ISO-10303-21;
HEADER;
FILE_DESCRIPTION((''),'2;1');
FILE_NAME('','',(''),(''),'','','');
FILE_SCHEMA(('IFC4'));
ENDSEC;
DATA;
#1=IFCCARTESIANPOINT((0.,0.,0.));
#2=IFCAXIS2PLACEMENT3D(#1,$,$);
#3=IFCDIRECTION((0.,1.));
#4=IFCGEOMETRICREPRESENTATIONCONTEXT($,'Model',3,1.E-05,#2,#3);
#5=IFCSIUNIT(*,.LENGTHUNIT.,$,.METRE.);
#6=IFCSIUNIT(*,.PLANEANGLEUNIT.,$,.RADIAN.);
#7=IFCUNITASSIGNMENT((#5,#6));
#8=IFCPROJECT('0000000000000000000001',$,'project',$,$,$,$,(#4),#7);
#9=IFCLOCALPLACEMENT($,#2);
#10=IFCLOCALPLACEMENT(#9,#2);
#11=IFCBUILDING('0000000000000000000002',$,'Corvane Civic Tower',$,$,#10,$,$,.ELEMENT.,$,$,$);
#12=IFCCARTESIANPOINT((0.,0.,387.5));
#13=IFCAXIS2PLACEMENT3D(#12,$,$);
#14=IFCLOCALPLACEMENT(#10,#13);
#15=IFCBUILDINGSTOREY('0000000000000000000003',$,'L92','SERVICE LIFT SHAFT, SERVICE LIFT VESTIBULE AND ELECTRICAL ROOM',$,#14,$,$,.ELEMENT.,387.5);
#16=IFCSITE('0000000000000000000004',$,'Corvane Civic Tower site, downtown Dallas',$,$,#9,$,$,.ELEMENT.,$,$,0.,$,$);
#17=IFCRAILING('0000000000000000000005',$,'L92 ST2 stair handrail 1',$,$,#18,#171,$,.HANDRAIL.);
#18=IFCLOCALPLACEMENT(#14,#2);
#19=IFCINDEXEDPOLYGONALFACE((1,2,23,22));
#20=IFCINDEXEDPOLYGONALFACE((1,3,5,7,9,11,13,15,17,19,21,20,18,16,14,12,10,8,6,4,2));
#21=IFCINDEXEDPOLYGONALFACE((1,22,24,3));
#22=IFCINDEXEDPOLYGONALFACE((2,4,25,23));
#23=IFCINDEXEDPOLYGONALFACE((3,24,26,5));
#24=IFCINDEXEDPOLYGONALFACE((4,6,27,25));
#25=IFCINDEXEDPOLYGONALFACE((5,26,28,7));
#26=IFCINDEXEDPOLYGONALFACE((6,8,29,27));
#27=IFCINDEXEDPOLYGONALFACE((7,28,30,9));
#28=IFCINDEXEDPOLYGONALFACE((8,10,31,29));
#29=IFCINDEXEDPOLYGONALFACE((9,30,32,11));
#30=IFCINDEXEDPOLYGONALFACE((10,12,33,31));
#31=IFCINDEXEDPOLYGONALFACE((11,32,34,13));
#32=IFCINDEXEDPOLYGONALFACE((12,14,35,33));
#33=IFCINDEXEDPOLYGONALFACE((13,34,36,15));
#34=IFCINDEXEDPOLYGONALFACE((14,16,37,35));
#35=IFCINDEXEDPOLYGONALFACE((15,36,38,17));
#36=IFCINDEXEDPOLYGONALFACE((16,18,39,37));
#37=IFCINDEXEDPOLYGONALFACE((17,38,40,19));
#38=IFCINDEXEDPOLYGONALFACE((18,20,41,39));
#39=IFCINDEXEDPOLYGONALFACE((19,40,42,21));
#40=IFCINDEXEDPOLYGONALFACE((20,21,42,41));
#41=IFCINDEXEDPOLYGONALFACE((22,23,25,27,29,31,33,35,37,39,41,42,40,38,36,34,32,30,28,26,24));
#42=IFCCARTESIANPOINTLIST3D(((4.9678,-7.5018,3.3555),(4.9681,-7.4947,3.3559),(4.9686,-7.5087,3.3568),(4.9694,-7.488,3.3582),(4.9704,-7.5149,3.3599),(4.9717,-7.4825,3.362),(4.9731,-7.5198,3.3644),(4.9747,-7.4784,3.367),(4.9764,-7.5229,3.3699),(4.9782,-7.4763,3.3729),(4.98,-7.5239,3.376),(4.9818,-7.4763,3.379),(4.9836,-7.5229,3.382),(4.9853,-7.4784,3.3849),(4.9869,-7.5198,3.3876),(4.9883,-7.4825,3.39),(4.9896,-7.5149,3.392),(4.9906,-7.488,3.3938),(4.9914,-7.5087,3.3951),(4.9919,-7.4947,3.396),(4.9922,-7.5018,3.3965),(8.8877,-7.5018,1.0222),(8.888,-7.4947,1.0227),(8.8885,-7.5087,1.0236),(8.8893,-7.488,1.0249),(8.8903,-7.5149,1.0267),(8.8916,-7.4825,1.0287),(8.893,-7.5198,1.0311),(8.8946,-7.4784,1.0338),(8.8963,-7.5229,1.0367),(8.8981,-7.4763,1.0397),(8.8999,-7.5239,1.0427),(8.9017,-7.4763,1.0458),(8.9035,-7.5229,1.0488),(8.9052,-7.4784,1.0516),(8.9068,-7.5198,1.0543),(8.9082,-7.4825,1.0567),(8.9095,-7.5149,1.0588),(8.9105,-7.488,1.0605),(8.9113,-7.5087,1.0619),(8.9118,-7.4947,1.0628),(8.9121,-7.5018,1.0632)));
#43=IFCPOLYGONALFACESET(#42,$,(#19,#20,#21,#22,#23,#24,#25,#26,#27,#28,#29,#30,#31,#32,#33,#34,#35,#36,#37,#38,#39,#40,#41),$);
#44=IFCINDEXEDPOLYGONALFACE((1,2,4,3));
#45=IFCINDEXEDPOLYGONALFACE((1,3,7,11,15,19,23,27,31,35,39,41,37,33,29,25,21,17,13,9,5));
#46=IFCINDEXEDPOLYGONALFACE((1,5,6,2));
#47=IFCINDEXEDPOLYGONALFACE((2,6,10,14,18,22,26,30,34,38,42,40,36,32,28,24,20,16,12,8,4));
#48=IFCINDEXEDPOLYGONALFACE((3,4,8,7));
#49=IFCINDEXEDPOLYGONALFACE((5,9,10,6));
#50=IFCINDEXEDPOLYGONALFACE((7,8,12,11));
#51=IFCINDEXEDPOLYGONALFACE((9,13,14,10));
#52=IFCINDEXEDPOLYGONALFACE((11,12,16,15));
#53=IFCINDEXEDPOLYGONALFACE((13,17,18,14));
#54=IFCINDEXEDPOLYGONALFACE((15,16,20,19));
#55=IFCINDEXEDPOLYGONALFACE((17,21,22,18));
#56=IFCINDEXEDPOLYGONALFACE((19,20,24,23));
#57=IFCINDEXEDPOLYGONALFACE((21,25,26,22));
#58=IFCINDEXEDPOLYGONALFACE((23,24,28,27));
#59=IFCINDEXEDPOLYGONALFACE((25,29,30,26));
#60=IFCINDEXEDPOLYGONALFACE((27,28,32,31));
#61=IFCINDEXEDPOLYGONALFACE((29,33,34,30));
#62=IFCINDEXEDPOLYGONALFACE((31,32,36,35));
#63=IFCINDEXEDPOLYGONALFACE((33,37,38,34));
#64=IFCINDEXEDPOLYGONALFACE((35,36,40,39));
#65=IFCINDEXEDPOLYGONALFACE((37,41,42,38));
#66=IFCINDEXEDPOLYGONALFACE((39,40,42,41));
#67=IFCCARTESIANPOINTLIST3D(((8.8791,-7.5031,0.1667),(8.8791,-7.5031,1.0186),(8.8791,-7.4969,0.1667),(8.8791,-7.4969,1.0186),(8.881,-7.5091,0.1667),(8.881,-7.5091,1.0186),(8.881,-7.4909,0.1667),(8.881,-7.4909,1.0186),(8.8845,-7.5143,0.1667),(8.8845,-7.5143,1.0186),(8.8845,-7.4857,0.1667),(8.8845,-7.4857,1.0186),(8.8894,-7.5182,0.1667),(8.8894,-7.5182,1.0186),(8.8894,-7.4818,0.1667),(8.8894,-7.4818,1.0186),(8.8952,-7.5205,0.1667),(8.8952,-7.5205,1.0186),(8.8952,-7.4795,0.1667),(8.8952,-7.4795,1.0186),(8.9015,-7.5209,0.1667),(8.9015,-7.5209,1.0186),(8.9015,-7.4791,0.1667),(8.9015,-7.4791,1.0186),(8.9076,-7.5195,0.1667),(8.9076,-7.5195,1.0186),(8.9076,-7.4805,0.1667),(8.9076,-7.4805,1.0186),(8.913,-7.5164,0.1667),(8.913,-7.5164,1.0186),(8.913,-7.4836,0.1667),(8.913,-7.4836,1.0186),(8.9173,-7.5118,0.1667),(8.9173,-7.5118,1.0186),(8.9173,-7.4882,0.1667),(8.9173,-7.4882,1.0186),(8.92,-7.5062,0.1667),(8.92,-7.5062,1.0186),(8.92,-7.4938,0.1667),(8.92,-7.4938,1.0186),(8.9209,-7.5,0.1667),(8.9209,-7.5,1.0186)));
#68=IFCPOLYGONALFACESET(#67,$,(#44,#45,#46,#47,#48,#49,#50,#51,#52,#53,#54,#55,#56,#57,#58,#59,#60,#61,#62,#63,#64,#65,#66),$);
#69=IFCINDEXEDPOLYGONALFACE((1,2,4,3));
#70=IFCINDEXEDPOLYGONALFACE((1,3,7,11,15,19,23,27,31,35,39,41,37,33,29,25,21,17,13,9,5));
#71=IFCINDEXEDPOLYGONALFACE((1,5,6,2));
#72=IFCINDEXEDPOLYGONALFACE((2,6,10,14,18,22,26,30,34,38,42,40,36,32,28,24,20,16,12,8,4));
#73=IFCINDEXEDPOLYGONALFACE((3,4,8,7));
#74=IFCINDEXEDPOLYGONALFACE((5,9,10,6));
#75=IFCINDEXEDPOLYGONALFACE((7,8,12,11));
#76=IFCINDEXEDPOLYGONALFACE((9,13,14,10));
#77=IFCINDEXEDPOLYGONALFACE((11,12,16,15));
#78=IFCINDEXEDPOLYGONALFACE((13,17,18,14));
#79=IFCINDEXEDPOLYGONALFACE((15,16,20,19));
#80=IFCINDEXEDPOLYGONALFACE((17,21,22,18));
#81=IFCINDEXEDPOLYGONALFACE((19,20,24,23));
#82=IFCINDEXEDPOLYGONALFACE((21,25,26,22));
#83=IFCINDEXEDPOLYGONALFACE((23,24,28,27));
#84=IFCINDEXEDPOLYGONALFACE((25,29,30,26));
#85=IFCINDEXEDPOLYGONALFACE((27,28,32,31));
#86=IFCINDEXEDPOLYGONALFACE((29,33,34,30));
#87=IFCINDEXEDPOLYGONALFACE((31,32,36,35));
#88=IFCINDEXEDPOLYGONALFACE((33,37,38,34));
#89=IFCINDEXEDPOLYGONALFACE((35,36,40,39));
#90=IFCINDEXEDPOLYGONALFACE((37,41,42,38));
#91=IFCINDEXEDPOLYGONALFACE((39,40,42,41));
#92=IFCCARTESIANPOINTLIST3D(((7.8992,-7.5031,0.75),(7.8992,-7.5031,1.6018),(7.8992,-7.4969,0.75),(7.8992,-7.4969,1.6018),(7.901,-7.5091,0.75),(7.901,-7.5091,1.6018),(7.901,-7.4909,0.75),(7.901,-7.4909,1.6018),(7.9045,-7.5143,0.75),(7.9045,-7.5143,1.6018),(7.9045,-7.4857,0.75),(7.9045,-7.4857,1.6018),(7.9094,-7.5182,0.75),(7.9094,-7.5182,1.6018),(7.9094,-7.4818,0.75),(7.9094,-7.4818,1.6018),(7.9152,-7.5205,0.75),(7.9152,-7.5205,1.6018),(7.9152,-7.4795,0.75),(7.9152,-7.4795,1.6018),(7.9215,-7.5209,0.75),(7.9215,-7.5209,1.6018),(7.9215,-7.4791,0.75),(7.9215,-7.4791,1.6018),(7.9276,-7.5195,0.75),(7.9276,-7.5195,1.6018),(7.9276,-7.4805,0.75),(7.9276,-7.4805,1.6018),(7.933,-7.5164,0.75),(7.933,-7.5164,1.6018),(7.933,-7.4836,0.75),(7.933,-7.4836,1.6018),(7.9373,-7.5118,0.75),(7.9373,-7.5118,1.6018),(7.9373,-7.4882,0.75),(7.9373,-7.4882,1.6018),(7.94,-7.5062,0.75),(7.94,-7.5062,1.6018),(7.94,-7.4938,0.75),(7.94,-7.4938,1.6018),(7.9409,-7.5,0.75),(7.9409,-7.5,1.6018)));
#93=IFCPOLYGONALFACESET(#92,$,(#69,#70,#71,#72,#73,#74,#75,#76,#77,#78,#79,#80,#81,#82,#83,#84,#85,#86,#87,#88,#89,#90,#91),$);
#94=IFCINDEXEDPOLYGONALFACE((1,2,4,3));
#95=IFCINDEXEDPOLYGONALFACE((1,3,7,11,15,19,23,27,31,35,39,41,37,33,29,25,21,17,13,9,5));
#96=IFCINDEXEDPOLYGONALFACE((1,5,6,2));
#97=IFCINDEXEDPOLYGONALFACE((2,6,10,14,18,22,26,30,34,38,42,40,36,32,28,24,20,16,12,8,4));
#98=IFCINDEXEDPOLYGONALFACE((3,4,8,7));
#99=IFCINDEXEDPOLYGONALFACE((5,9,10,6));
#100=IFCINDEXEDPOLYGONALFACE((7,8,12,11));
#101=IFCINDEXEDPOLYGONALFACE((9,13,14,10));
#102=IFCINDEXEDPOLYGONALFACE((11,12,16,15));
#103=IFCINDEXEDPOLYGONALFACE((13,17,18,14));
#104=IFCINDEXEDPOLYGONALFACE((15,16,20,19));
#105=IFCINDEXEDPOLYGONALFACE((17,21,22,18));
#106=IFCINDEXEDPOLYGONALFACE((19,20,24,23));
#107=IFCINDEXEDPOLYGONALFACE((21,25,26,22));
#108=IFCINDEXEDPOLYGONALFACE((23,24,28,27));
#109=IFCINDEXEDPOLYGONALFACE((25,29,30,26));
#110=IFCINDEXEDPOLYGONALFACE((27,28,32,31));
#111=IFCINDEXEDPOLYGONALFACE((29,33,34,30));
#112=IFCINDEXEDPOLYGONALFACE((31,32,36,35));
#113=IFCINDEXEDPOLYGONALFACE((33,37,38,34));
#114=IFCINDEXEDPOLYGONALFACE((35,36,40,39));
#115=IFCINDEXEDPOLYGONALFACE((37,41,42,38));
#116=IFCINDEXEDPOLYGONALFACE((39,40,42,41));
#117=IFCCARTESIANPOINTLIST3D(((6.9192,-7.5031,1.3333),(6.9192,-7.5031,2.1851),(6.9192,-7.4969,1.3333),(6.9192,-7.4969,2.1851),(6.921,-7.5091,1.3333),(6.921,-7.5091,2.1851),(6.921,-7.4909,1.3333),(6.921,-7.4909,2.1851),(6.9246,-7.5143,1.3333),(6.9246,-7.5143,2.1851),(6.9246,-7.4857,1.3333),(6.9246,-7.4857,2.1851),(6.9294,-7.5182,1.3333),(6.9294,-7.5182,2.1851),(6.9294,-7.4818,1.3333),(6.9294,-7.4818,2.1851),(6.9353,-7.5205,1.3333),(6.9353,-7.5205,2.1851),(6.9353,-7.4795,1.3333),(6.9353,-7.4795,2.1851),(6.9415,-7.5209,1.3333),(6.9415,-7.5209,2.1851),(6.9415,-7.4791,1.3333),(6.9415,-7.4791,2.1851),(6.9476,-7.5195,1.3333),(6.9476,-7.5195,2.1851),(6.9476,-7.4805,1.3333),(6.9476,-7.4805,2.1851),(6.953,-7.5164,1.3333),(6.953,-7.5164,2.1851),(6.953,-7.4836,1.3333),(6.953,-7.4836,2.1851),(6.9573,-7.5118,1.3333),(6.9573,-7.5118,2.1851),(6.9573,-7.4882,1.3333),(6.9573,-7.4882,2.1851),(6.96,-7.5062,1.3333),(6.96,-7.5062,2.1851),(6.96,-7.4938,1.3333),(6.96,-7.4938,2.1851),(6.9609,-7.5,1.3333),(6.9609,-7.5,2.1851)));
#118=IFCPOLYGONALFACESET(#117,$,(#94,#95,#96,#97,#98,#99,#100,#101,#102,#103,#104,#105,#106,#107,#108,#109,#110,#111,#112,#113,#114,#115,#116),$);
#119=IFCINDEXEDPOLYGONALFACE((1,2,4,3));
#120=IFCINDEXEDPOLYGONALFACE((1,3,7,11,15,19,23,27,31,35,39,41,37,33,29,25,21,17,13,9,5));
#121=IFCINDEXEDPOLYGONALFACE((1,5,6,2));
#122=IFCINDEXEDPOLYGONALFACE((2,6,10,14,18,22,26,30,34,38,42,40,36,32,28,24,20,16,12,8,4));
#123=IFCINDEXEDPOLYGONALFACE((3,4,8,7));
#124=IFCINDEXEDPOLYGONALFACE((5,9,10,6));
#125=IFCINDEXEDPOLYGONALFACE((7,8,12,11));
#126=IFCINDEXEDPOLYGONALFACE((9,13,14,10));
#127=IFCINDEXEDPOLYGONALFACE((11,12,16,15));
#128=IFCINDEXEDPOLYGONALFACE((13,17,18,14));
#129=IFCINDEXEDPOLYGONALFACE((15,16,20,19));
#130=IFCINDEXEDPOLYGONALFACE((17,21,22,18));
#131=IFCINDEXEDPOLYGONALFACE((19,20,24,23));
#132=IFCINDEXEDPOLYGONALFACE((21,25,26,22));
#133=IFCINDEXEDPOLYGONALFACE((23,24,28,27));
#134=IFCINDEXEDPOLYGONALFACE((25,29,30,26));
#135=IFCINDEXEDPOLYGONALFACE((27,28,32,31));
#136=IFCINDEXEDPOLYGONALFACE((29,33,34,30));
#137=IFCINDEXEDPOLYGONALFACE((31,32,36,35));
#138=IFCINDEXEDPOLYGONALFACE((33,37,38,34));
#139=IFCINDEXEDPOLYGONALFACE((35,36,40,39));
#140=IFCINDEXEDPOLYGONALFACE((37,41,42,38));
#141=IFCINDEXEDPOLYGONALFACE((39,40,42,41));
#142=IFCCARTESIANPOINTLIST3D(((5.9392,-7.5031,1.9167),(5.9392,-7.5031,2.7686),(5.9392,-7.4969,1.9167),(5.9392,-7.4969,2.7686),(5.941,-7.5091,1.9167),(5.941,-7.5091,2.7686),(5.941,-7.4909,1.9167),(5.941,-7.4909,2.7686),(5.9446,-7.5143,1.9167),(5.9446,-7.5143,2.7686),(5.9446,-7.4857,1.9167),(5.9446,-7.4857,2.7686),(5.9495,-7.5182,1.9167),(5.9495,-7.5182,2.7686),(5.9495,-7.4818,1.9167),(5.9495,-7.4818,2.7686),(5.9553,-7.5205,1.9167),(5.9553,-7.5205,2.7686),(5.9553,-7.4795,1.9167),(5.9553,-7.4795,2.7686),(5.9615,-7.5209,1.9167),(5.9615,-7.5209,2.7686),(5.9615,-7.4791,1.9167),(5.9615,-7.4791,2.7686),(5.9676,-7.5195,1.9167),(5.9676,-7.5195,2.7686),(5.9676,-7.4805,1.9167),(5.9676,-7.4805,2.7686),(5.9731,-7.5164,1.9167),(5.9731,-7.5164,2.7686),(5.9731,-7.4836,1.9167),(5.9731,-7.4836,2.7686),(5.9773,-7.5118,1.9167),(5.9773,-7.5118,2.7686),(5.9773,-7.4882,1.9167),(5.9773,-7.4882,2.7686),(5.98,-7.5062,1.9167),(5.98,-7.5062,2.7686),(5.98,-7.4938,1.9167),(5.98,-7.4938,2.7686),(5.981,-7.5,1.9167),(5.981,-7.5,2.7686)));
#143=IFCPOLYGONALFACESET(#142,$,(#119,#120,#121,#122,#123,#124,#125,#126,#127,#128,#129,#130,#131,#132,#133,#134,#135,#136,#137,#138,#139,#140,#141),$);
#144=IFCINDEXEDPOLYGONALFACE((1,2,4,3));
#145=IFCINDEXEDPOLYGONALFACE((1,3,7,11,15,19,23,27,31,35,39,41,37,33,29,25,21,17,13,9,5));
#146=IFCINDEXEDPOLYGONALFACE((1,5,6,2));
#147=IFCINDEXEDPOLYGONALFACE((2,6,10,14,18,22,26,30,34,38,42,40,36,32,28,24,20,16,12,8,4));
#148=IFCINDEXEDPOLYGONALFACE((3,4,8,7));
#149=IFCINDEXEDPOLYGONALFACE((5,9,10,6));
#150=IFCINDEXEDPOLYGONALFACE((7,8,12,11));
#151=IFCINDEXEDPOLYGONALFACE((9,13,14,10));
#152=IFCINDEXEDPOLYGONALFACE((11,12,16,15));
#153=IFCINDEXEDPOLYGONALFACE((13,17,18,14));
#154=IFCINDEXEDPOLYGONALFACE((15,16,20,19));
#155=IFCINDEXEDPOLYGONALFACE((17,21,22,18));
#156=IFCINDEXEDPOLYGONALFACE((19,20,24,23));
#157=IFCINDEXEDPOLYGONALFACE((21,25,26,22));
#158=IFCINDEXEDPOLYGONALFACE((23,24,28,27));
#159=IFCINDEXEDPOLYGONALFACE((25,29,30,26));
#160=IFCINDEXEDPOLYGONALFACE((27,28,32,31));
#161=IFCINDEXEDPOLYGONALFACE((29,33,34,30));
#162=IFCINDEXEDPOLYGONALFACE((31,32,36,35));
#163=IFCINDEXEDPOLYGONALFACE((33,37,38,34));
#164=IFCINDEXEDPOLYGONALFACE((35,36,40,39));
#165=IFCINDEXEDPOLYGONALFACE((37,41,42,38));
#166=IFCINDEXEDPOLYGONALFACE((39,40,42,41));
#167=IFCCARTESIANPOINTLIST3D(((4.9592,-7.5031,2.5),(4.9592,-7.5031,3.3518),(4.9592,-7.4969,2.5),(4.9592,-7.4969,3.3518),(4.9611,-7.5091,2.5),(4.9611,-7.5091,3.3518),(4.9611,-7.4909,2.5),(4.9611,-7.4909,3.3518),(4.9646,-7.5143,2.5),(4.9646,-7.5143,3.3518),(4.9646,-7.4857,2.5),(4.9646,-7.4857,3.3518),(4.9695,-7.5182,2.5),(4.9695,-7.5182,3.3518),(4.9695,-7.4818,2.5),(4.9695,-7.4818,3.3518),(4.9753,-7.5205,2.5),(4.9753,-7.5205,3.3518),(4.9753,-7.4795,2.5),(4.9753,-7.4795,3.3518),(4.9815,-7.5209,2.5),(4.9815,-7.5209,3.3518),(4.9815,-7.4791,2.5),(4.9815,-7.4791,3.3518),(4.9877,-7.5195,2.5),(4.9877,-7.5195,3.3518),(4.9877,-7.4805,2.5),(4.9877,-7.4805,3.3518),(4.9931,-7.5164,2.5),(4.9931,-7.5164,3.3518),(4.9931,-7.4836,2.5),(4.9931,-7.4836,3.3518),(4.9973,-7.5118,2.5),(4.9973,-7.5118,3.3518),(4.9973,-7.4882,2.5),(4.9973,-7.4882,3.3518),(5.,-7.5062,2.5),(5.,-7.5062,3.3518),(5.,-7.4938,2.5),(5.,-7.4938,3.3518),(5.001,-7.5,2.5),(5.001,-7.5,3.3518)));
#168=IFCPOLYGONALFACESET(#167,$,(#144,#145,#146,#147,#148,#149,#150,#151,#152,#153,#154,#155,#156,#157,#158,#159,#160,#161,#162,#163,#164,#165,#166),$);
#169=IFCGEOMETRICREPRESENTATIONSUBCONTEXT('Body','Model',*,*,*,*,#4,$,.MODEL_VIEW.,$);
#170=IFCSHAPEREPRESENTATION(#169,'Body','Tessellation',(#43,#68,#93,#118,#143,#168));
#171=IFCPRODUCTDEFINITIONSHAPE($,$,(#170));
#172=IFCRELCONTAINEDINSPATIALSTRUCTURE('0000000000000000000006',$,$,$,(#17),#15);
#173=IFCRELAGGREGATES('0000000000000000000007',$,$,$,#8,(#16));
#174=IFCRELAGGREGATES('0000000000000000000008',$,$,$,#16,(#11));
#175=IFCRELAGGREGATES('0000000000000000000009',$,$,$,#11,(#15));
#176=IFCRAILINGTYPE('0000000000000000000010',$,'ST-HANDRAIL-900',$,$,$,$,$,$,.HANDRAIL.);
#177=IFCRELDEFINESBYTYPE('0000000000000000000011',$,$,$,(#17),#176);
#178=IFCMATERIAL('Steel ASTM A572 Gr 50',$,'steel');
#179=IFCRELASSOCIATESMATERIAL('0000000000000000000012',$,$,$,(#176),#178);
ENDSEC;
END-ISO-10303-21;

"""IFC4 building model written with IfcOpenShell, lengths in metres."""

from ifc_helpers import new_model, si_unit, direction, frame, origin, origin_2d, place, context, subcontext, project, spatial, circle, extrude, material, type_object, element, save


model = new_model("IFC4")

# Units and contexts
model_context = context("Model", 3, precision=1e-05, world=origin(), true_north=direction((0.0, 1.0)))
body_context = subcontext(model_context, "Body", "Model", "MODEL_VIEW")
ifc_project = project(units=[si_unit("LENGTHUNIT", "METRE"), si_unit("PLANEANGLEUNIT", "RADIAN")], contexts=[model_context])

# Site, building, storey
site_placement = place(None, origin())
site = spatial("IfcSite", under=ifc_project, at=site_placement, Name="Corvane Civic Tower site, downtown Dallas", CompositionType="ELEMENT", RefElevation=0.0)
building_placement = place(site_placement, origin())
building = spatial("IfcBuilding", under=site, at=building_placement, Name="Corvane Civic Tower", CompositionType="ELEMENT")
storey_placement = place(building_placement, frame((0.0, 0.0, 387.5)))
storey = spatial("IfcBuildingStorey", under=building, at=storey_placement, Name="L92", Description="SERVICE LIFT SHAFT, SERVICE LIFT VESTIBULE AND ELECTRICAL ROOM", CompositionType="ELEMENT", Elevation=387.5)

# Railing
ifc_material_1 = material(Name="Steel ASTM A572 Gr 50", Category="steel")
railing_type_1 = type_object("IfcRailingType", Name="ST-HANDRAIL-900", PredefinedType="HANDRAIL", material=ifc_material_1)
railing_1_placement = place(storey_placement, frame((8.8999, -7.5, 0.1667)))
element("IfcRailing", 1, at=railing_1_placement, inside=storey, type_object=railing_type_1, Name="L92 ST2 stair handrail 1", PredefinedType="HANDRAIL", context=body_context, shape_type="SweptSolid", body=[
    extrude(circle(Radius=0.0239, at=origin_2d()), frame((0.0, 0.0, 0.876), z_axis=(-0.859296, 0.0, 0.511478), x_axis=(0.0, -1.0, 0.0)), (0.0, 0.0, 1.0), 4.5618),
    extrude(circle(Radius=0.021, at=origin_2d()), origin(), (0.0, 0.0, 1.0), 0.8518),
    extrude(circle(Radius=0.021, at=origin_2d()), frame((-0.98, 0.0, 0.5833)), (0.0, 0.0, 1.0), 0.8518),
    extrude(circle(Radius=0.021, at=origin_2d()), frame((-1.96, 0.0, 1.1665)), (0.0, 0.0, 1.0), 0.8518),
    extrude(circle(Radius=0.021, at=origin_2d()), frame((-2.9399, 0.0, 1.75)), (0.0, 0.0, 1.0), 0.8518),
    extrude(circle(Radius=0.021, at=origin_2d()), frame((-3.9199, 0.0, 2.3333)), (0.0, 0.0, 1.0), 0.8518),
])

save(model, "model.ifc")
